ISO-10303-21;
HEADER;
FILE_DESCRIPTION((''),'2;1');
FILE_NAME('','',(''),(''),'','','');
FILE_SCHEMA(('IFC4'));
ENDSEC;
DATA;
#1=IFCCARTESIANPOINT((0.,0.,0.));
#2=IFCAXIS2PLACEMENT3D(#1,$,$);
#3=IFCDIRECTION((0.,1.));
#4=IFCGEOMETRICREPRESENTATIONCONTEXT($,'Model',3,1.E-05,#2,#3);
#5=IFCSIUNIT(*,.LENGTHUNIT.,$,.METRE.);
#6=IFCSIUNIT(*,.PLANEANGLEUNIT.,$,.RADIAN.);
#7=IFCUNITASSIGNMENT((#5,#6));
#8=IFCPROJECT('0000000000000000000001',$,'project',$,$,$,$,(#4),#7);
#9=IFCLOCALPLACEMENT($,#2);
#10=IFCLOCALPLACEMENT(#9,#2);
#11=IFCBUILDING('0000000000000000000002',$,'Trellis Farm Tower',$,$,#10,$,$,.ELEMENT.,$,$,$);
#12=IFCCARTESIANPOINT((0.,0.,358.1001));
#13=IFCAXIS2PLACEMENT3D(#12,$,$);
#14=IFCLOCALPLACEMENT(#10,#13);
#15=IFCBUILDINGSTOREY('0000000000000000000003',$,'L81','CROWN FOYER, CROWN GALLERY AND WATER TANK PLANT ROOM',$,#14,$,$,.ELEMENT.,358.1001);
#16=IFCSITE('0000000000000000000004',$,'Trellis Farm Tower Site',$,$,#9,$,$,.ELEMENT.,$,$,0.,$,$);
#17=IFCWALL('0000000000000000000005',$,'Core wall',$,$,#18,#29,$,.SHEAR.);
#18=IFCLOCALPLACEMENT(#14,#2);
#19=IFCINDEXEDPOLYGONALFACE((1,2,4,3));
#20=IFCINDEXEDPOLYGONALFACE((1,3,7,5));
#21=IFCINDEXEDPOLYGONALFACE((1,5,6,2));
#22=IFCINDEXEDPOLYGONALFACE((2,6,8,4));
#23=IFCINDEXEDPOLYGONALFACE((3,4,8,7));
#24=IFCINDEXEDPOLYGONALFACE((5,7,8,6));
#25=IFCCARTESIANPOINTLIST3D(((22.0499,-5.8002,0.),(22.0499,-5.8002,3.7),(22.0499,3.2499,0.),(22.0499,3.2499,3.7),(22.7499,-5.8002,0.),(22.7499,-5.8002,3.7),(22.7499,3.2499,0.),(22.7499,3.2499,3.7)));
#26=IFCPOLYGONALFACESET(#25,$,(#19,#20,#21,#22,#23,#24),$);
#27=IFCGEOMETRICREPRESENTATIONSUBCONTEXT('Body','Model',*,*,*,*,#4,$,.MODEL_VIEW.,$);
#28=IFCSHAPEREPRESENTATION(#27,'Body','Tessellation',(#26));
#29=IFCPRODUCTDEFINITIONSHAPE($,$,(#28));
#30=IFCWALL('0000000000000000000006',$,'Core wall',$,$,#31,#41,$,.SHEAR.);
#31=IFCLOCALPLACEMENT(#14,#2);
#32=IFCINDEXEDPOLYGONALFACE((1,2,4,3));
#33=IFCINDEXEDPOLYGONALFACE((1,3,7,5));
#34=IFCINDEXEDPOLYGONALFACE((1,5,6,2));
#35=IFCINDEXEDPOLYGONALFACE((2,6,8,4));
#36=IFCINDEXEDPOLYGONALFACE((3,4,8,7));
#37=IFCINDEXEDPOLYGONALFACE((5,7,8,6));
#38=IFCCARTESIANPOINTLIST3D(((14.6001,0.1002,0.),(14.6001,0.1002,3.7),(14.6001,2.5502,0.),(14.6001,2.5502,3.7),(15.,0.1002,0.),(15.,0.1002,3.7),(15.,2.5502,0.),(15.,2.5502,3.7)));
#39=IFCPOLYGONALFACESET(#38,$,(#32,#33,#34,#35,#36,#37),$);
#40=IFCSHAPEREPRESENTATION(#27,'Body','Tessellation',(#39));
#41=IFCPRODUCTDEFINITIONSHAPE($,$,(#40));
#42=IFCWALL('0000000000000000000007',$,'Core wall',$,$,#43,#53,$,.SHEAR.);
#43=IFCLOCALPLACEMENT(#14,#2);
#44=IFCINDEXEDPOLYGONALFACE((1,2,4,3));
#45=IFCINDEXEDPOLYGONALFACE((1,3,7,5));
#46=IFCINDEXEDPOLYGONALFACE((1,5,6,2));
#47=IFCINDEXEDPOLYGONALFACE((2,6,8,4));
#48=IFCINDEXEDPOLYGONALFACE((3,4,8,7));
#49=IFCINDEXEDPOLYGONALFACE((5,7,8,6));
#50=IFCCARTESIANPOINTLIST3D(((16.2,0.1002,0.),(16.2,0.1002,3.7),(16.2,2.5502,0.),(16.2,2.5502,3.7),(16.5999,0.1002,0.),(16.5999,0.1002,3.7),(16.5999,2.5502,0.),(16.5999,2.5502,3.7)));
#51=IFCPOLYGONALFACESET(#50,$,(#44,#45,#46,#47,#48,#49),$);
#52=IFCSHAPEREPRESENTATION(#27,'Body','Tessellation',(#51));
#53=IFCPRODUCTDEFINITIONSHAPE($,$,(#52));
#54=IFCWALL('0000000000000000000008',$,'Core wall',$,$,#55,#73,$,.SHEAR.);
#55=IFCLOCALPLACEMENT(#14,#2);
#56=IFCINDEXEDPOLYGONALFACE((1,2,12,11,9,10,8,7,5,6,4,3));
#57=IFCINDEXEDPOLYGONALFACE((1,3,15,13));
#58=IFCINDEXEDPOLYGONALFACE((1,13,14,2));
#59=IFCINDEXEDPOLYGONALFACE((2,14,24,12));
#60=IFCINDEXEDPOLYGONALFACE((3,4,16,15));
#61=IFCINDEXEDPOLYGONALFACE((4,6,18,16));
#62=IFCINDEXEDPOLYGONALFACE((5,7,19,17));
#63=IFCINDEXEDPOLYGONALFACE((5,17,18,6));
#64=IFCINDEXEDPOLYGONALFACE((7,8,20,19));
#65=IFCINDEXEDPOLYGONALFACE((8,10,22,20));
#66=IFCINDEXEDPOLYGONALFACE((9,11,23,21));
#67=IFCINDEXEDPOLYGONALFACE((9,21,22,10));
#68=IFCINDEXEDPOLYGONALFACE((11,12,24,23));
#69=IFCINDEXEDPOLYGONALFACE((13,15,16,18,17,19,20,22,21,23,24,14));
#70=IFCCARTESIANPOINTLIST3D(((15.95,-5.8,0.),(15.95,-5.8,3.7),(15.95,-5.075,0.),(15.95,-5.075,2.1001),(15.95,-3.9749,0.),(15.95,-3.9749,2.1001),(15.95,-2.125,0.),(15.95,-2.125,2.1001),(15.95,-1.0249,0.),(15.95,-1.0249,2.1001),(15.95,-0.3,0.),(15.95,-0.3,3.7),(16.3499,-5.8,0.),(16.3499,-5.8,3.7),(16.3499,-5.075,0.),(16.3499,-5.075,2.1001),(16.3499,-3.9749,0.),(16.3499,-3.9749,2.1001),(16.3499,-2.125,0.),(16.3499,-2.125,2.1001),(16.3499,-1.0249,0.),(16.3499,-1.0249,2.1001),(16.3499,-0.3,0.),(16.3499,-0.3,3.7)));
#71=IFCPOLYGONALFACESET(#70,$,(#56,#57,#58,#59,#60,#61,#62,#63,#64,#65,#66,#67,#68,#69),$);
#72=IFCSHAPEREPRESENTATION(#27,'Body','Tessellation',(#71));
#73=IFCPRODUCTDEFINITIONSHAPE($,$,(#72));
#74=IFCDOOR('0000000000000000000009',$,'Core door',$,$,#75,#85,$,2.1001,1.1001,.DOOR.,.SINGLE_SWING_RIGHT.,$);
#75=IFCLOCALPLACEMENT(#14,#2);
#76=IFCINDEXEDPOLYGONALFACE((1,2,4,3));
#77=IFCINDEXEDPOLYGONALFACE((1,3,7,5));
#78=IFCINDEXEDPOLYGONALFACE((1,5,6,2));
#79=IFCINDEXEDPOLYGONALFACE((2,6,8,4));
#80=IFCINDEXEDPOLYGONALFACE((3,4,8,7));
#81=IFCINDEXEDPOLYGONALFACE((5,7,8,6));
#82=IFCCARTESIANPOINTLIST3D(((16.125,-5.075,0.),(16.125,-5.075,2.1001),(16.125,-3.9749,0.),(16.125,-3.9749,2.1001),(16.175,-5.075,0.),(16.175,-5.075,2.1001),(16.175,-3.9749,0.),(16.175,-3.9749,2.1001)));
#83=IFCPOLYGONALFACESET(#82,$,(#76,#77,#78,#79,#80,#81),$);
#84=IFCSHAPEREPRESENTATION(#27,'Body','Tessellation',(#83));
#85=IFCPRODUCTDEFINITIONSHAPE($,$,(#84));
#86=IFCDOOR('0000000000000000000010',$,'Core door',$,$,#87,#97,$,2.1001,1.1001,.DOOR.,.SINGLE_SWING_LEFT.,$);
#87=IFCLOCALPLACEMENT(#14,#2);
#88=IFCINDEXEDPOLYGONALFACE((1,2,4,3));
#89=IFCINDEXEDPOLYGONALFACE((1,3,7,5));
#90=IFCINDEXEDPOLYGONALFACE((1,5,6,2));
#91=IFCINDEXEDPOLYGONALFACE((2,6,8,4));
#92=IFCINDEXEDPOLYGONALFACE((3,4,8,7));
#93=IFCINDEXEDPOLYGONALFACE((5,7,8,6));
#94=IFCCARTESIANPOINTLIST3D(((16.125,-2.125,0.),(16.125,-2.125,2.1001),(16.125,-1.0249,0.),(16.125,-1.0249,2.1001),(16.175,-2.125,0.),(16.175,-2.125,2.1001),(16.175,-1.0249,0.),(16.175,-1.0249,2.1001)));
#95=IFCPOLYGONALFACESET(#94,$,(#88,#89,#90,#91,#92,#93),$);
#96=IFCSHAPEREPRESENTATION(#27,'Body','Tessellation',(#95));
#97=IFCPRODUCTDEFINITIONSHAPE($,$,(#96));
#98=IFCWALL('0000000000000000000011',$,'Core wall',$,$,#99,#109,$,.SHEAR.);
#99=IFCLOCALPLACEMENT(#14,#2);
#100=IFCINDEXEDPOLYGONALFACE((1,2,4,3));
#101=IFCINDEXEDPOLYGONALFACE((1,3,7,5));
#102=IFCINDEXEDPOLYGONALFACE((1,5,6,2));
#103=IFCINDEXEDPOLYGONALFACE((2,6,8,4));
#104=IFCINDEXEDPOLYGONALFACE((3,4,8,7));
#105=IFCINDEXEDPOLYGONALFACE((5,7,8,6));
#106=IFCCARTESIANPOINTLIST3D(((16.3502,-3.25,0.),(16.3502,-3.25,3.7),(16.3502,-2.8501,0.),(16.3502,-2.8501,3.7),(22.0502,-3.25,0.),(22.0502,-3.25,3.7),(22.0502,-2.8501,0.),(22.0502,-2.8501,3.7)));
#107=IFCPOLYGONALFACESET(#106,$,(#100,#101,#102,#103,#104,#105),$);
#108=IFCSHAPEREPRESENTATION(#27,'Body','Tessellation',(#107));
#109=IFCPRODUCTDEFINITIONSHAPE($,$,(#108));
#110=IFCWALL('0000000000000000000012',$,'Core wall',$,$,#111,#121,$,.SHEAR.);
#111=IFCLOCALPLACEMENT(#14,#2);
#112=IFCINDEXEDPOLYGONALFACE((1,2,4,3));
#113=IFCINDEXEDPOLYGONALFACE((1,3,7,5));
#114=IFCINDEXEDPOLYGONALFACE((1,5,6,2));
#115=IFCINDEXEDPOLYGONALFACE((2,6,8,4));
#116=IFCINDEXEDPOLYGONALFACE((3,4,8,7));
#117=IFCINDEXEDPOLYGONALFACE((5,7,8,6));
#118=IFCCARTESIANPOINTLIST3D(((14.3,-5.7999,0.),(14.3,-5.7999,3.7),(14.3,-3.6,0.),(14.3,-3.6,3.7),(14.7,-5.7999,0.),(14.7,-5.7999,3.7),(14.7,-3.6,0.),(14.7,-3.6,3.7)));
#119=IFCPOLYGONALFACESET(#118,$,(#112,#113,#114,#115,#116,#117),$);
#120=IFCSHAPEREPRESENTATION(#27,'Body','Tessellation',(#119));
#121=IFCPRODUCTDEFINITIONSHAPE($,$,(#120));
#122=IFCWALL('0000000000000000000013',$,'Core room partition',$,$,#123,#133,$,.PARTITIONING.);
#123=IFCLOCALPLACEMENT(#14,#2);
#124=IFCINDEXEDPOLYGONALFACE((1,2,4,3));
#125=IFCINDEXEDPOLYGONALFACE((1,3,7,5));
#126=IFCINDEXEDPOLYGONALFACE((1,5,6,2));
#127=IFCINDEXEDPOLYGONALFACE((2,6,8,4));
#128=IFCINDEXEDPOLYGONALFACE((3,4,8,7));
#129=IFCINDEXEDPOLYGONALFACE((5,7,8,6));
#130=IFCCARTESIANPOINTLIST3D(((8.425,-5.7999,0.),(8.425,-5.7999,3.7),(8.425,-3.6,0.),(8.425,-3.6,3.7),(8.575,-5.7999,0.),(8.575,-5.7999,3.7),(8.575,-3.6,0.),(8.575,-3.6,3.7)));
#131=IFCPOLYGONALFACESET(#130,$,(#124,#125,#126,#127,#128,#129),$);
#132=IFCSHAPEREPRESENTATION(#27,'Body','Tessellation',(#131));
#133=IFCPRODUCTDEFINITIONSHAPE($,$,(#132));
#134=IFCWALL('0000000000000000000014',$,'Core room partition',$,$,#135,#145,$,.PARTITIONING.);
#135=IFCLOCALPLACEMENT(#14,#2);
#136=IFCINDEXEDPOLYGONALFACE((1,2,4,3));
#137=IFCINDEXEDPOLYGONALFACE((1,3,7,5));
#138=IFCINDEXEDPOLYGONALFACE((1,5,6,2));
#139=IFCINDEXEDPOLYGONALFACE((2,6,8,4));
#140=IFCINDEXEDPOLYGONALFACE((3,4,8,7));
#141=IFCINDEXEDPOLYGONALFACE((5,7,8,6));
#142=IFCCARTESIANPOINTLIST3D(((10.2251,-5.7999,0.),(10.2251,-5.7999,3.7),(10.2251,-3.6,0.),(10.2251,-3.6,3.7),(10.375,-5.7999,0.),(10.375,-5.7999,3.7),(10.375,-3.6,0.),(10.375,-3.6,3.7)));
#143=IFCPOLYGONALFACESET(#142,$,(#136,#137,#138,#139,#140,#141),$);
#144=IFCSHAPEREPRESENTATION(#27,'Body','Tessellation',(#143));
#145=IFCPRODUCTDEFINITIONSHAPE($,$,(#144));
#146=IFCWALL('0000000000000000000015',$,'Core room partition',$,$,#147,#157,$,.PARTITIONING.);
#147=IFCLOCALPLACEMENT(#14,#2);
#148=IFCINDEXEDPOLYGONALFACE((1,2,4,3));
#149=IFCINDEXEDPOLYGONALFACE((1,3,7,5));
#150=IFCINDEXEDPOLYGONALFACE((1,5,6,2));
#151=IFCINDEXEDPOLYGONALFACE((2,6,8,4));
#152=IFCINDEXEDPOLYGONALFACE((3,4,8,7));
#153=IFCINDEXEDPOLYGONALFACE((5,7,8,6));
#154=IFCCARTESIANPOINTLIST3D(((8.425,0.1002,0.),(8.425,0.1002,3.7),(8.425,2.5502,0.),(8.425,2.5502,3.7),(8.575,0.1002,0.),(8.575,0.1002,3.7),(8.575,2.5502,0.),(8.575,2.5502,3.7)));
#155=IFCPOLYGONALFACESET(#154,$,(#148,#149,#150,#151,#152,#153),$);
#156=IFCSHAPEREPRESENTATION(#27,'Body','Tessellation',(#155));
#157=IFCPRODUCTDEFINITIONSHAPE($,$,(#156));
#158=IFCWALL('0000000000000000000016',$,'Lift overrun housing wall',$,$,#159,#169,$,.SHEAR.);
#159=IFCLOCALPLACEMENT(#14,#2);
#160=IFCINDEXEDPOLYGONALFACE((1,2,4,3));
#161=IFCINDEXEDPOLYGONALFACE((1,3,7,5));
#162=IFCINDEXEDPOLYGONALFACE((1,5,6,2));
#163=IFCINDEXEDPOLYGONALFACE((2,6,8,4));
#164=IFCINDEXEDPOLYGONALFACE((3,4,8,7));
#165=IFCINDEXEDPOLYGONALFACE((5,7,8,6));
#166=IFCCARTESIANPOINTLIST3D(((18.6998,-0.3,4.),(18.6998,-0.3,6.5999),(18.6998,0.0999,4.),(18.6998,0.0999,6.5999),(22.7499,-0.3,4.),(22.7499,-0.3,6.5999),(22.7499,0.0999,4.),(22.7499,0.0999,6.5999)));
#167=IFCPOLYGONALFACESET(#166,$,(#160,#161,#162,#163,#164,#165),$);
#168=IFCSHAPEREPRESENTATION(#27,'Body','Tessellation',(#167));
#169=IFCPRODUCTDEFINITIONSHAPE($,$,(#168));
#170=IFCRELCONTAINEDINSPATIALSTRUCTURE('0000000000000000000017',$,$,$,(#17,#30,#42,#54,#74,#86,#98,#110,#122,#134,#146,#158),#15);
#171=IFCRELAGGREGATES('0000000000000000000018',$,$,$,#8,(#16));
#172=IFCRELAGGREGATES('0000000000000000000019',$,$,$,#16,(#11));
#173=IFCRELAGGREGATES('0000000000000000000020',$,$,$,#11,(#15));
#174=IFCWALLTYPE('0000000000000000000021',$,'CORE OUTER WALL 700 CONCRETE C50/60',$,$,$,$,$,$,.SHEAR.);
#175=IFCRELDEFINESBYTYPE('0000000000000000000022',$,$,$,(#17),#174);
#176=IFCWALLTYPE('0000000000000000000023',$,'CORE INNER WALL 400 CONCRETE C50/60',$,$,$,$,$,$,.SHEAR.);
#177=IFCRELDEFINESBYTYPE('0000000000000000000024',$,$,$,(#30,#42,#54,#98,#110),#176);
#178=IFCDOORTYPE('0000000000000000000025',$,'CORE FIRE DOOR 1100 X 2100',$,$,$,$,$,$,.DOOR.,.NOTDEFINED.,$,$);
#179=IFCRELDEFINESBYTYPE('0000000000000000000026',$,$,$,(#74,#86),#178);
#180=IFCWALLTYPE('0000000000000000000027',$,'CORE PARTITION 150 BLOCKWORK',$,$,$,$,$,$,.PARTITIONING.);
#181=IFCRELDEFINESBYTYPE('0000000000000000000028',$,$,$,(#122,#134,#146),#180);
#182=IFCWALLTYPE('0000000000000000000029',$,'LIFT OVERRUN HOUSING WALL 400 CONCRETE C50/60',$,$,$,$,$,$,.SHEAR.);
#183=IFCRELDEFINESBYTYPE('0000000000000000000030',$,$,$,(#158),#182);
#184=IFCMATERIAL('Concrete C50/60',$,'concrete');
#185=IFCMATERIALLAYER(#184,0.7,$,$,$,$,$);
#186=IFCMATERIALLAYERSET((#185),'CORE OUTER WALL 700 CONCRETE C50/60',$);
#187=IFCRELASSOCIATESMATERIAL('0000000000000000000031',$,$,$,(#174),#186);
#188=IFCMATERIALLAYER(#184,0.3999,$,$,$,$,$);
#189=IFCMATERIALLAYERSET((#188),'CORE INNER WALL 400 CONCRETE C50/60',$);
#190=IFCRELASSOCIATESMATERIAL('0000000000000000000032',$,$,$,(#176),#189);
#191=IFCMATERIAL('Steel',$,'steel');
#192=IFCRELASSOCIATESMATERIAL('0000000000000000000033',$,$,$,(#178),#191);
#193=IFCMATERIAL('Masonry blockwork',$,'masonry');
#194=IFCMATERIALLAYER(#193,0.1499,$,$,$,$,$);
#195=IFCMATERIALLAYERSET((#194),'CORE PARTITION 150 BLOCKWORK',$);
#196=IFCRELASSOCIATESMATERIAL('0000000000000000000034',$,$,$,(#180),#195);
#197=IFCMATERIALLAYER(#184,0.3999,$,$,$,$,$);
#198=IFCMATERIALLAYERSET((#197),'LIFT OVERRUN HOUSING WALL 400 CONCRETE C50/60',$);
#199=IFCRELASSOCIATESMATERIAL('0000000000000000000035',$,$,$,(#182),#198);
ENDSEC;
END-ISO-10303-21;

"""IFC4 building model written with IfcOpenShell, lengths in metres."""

from ifc_helpers import new_model, si_unit, direction, frame, frame_2d, origin, place, context, subcontext, project, spatial, rectangle, extrude, source, transform, mapped, material, layer, layer_set, type_object, element, fill, save


model = new_model("IFC4")

# Units and contexts
model_context = context("Model", 3, precision=1e-05, world=origin(), true_north=direction((0.0, 1.0)))
body_context = subcontext(model_context, "Body", "Model", "MODEL_VIEW")
ifc_project = project(units=[si_unit("LENGTHUNIT", "METRE"), si_unit("PLANEANGLEUNIT", "RADIAN")], contexts=[model_context])

# Site, building, storey
site_placement = place(None, origin())
site = spatial("IfcSite", under=ifc_project, at=site_placement, Name="Trellis Farm Tower Site", CompositionType="ELEMENT", RefElevation=0.0)
building_placement = place(site_placement, origin())
building = spatial("IfcBuilding", under=site, at=building_placement, Name="Trellis Farm Tower", CompositionType="ELEMENT")
storey_placement = place(building_placement, frame((0.0, 0.0, 358.1001)))
storey = spatial("IfcBuildingStorey", under=building, at=storey_placement, Name="L81", Description="CROWN FOYER, CROWN GALLERY AND WATER TANK PLANT ROOM", CompositionType="ELEMENT", Elevation=358.1001)

# Walls
ifc_material_1 = material(Name="Concrete C50/60", Category="concrete")
ifc_layer_1 = layer(ifc_material_1, 0.7)
ifc_layer_set_1 = layer_set([ifc_layer_1], Name="CORE OUTER WALL 700 CONCRETE C50/60")
wall_type_1 = type_object("IfcWallType", Name="CORE OUTER WALL 700 CONCRETE C50/60", PredefinedType="SHEAR", material=ifc_layer_set_1)
shared_shape_1 = source(origin(), body_context, "Body", "SweptSolid", [
    extrude(rectangle(XDim=9.05, YDim=0.7, at=frame_2d((4.5249, 0.0))), origin(), (0.0, 0.0, 1.0), 3.7),
])
wall_1_placement = place(storey_placement, frame((22.3999, -5.8, 0.0), z_axis=(0.0, 0.0, 1.0), x_axis=(0.0, 1.0, 0.0)))
element("IfcWall", 1, at=wall_1_placement, inside=storey, type_object=wall_type_1, Name="Core wall", PredefinedType="SHEAR", context=body_context, shape_type="MappedRepresentation", body=[
    mapped(shared_shape_1, transform((0.0, 0.0, 0.0))),
])
ifc_layer_2 = layer(ifc_material_1, 0.3999)
ifc_layer_set_2 = layer_set([ifc_layer_2], Name="CORE INNER WALL 400 CONCRETE C50/60")
wall_type_2 = type_object("IfcWallType", Name="CORE INNER WALL 400 CONCRETE C50/60", PredefinedType="SHEAR", material=ifc_layer_set_2)
shared_shape_2 = source(origin(), body_context, "Body", "SweptSolid", [
    extrude(rectangle(XDim=2.45, YDim=0.3999, at=frame_2d((1.2251, 0.0))), origin(), (0.0, 0.0, 1.0), 3.7),
])
for number, where, z_axis, x_axis, name in (
    (2, (14.8, 0.1001, 0.0), (0.0, 0.0, 1.0), (0.0, 1.0, 0.0), "Core wall"),
    (3, (16.3999, 0.1001, 0.0), (0.0, 0.0, 1.0), (0.0, 1.0, 0.0), "Core wall"),
):
    element("IfcWall", number, at=place(storey_placement, frame(where, z_axis=z_axis, x_axis=x_axis)), inside=storey, type_object=wall_type_2, Name=name, PredefinedType="SHEAR", context=body_context, shape_type="MappedRepresentation", body=[
        mapped(shared_shape_2, transform((0.0, 0.0, 0.0))),
    ])

# Wall, openings, doors
shared_shape_3 = source(origin(), body_context, "Body", "SweptSolid", [
    extrude(rectangle(XDim=5.5, YDim=0.3999, at=frame_2d((2.75, 0.0))), origin(), (0.0, 0.0, 1.0), 3.7),
])
wall_2_placement = place(storey_placement, frame((16.1499, -5.8, 0.0), z_axis=(0.0, 0.0, 1.0), x_axis=(0.0, 1.0, 0.0)))
wall_2 = element("IfcWall", 4, at=wall_2_placement, inside=storey, type_object=wall_type_2, Name="Core wall", PredefinedType="SHEAR", context=body_context, shape_type="MappedRepresentation", body=[
    mapped(shared_shape_3, transform((0.0, 0.0, 0.0))),
])
shared_shape_4 = source(origin(), body_context, "Body", "SweptSolid", [
    extrude(rectangle(XDim=1.1001, YDim=2.1001, at=frame_2d((0.55, 1.05))), frame((0.0, 0.21, 0.0), z_axis=(0.0, -1.0, 0.0), x_axis=(1.0, 0.0, 0.0)), (0.0, 0.0, 1.0), 0.4199),
])
opening_1_placement = place(wall_2_placement, frame((0.7251, 0.0, 0.0)))
opening_1 = element("IfcOpeningElement", 5, at=opening_1_placement, cuts=wall_2, PredefinedType="OPENING", context=body_context, shape_type="MappedRepresentation", body=[
    mapped(shared_shape_4, transform((0.0, 0.0, 0.0))),
])
opening_2_placement = place(wall_2_placement, frame((3.675, 0.0, 0.0)))
opening_2 = element("IfcOpeningElement", 6, at=opening_2_placement, cuts=wall_2, PredefinedType="OPENING", context=body_context, shape_type="MappedRepresentation", body=[
    mapped(shared_shape_4, transform((0.0, 0.0, 0.0))),
])
ifc_material_2 = material(Name="Steel", Category="steel")
door_type = type_object("IfcDoorType", Name="CORE FIRE DOOR 1100 X 2100", OperationType="NOTDEFINED", PredefinedType="DOOR", material=ifc_material_2)
shared_shape_5 = source(origin(), body_context, "Body", "SweptSolid", [
    extrude(rectangle(XDim=1.1001, YDim=2.1001, at=frame_2d((0.55, 1.05))), frame((0.0, 0.0249, 0.0), z_axis=(0.0, -1.0, 0.0), x_axis=(1.0, 0.0, 0.0)), (0.0, 0.0, 1.0), 0.05),
])
door_1_placement = place(opening_1_placement, origin())
door_1 = element("IfcDoor", 7, at=door_1_placement, inside=storey, type_object=door_type, Name="Core door", OperationType="SINGLE_SWING_RIGHT", OverallHeight=2.1001, OverallWidth=1.1001, PredefinedType="DOOR", context=body_context, shape_type="MappedRepresentation", body=[
    mapped(shared_shape_5, transform((0.0, 0.0, 0.0))),
])
fill(opening_1, door_1)
door_2_placement = place(opening_2_placement, origin())
door_2 = element("IfcDoor", 8, at=door_2_placement, inside=storey, type_object=door_type, Name="Core door", OperationType="SINGLE_SWING_LEFT", OverallHeight=2.1001, OverallWidth=1.1001, PredefinedType="DOOR", context=body_context, shape_type="MappedRepresentation", body=[
    mapped(shared_shape_5, transform((0.0, 0.0, 0.0))),
])
fill(opening_2, door_2)

# Walls
shared_shape_6 = source(origin(), body_context, "Body", "SweptSolid", [
    extrude(rectangle(XDim=5.7, YDim=0.3999, at=frame_2d((2.8501, 0.0))), origin(), (0.0, 0.0, 1.0), 3.7),
])
wall_3_placement = place(storey_placement, frame((16.3501, -3.05, 0.0), z_axis=(0.0, 0.0, 1.0), x_axis=(1.0, 0.0, 0.0)))
element("IfcWall", 9, at=wall_3_placement, inside=storey, type_object=wall_type_2, Name="Core wall", PredefinedType="SHEAR", context=body_context, shape_type="MappedRepresentation", body=[
    mapped(shared_shape_6, transform((0.0, 0.0, 0.0))),
])
shared_shape_7 = source(origin(), body_context, "Body", "SweptSolid", [
    extrude(rectangle(XDim=2.2, YDim=0.3999, at=frame_2d((1.1001, 0.0))), origin(), (0.0, 0.0, 1.0), 3.7),
])
wall_4_placement = place(storey_placement, frame((14.5, -5.8, 0.0), z_axis=(0.0, 0.0, 1.0), x_axis=(0.0, 1.0, 0.0)))
element("IfcWall", 10, at=wall_4_placement, inside=storey, type_object=wall_type_2, Name="Core wall", PredefinedType="SHEAR", context=body_context, shape_type="MappedRepresentation", body=[
    mapped(shared_shape_7, transform((0.0, 0.0, 0.0))),
])
ifc_material_3 = material(Name="Masonry blockwork", Category="masonry")
ifc_layer_3 = layer(ifc_material_3, 0.1499)
ifc_layer_set_3 = layer_set([ifc_layer_3], Name="CORE PARTITION 150 BLOCKWORK")
wall_type_3 = type_object("IfcWallType", Name="CORE PARTITION 150 BLOCKWORK", PredefinedType="PARTITIONING", material=ifc_layer_set_3)
shared_shape_8 = source(origin(), body_context, "Body", "SweptSolid", [
    extrude(rectangle(XDim=2.2, YDim=0.1499, at=frame_2d((1.1001, 0.0))), origin(), (0.0, 0.0, 1.0), 3.7),
])
for number, where, z_axis, x_axis, name in (
    (11, (8.5, -5.8, 0.0), (0.0, 0.0, 1.0), (0.0, 1.0, 0.0), "Core room partition"),
    (12, (10.3, -5.8, 0.0), (0.0, 0.0, 1.0), (0.0, 1.0, 0.0), "Core room partition"),
):
    element("IfcWall", number, at=place(storey_placement, frame(where, z_axis=z_axis, x_axis=x_axis)), inside=storey, type_object=wall_type_3, Name=name, PredefinedType="PARTITIONING", context=body_context, shape_type="MappedRepresentation", body=[
        mapped(shared_shape_8, transform((0.0, 0.0, 0.0))),
    ])
shared_shape_9 = source(origin(), body_context, "Body", "SweptSolid", [
    extrude(rectangle(XDim=2.45, YDim=0.1499, at=frame_2d((1.2251, 0.0))), origin(), (0.0, 0.0, 1.0), 3.7),
])
wall_5_placement = place(storey_placement, frame((8.5, 0.1001, 0.0), z_axis=(0.0, 0.0, 1.0), x_axis=(0.0, 1.0, 0.0)))
element("IfcWall", 13, at=wall_5_placement, inside=storey, type_object=wall_type_3, Name="Core room partition", PredefinedType="PARTITIONING", context=body_context, shape_type="MappedRepresentation", body=[
    mapped(shared_shape_9, transform((0.0, 0.0, 0.0))),
])
ifc_layer_4 = layer(ifc_material_1, 0.3999)
ifc_layer_set_4 = layer_set([ifc_layer_4], Name="LIFT OVERRUN HOUSING WALL 400 CONCRETE C50/60")
wall_type_4 = type_object("IfcWallType", Name="LIFT OVERRUN HOUSING WALL 400 CONCRETE C50/60", PredefinedType="SHEAR", material=ifc_layer_set_4)
shared_shape_10 = source(origin(), body_context, "Body", "SweptSolid", [
    extrude(rectangle(XDim=4.05, YDim=0.3999, at=frame_2d((2.0249, 0.0))), origin(), (0.0, 0.0, 1.0), 2.5999),
])
wall_6_placement = place(storey_placement, frame((18.7, -0.1001, 4.0), z_axis=(0.0, 0.0, 1.0), x_axis=(1.0, 0.0, 0.0)))
element("IfcWall", 14, at=wall_6_placement, inside=storey, type_object=wall_type_4, Name="Lift overrun housing wall", PredefinedType="SHEAR", context=body_context, shape_type="MappedRepresentation", body=[
    mapped(shared_shape_10, transform((0.0, 0.0, 0.0))),
])

save(model, "model.ifc")
